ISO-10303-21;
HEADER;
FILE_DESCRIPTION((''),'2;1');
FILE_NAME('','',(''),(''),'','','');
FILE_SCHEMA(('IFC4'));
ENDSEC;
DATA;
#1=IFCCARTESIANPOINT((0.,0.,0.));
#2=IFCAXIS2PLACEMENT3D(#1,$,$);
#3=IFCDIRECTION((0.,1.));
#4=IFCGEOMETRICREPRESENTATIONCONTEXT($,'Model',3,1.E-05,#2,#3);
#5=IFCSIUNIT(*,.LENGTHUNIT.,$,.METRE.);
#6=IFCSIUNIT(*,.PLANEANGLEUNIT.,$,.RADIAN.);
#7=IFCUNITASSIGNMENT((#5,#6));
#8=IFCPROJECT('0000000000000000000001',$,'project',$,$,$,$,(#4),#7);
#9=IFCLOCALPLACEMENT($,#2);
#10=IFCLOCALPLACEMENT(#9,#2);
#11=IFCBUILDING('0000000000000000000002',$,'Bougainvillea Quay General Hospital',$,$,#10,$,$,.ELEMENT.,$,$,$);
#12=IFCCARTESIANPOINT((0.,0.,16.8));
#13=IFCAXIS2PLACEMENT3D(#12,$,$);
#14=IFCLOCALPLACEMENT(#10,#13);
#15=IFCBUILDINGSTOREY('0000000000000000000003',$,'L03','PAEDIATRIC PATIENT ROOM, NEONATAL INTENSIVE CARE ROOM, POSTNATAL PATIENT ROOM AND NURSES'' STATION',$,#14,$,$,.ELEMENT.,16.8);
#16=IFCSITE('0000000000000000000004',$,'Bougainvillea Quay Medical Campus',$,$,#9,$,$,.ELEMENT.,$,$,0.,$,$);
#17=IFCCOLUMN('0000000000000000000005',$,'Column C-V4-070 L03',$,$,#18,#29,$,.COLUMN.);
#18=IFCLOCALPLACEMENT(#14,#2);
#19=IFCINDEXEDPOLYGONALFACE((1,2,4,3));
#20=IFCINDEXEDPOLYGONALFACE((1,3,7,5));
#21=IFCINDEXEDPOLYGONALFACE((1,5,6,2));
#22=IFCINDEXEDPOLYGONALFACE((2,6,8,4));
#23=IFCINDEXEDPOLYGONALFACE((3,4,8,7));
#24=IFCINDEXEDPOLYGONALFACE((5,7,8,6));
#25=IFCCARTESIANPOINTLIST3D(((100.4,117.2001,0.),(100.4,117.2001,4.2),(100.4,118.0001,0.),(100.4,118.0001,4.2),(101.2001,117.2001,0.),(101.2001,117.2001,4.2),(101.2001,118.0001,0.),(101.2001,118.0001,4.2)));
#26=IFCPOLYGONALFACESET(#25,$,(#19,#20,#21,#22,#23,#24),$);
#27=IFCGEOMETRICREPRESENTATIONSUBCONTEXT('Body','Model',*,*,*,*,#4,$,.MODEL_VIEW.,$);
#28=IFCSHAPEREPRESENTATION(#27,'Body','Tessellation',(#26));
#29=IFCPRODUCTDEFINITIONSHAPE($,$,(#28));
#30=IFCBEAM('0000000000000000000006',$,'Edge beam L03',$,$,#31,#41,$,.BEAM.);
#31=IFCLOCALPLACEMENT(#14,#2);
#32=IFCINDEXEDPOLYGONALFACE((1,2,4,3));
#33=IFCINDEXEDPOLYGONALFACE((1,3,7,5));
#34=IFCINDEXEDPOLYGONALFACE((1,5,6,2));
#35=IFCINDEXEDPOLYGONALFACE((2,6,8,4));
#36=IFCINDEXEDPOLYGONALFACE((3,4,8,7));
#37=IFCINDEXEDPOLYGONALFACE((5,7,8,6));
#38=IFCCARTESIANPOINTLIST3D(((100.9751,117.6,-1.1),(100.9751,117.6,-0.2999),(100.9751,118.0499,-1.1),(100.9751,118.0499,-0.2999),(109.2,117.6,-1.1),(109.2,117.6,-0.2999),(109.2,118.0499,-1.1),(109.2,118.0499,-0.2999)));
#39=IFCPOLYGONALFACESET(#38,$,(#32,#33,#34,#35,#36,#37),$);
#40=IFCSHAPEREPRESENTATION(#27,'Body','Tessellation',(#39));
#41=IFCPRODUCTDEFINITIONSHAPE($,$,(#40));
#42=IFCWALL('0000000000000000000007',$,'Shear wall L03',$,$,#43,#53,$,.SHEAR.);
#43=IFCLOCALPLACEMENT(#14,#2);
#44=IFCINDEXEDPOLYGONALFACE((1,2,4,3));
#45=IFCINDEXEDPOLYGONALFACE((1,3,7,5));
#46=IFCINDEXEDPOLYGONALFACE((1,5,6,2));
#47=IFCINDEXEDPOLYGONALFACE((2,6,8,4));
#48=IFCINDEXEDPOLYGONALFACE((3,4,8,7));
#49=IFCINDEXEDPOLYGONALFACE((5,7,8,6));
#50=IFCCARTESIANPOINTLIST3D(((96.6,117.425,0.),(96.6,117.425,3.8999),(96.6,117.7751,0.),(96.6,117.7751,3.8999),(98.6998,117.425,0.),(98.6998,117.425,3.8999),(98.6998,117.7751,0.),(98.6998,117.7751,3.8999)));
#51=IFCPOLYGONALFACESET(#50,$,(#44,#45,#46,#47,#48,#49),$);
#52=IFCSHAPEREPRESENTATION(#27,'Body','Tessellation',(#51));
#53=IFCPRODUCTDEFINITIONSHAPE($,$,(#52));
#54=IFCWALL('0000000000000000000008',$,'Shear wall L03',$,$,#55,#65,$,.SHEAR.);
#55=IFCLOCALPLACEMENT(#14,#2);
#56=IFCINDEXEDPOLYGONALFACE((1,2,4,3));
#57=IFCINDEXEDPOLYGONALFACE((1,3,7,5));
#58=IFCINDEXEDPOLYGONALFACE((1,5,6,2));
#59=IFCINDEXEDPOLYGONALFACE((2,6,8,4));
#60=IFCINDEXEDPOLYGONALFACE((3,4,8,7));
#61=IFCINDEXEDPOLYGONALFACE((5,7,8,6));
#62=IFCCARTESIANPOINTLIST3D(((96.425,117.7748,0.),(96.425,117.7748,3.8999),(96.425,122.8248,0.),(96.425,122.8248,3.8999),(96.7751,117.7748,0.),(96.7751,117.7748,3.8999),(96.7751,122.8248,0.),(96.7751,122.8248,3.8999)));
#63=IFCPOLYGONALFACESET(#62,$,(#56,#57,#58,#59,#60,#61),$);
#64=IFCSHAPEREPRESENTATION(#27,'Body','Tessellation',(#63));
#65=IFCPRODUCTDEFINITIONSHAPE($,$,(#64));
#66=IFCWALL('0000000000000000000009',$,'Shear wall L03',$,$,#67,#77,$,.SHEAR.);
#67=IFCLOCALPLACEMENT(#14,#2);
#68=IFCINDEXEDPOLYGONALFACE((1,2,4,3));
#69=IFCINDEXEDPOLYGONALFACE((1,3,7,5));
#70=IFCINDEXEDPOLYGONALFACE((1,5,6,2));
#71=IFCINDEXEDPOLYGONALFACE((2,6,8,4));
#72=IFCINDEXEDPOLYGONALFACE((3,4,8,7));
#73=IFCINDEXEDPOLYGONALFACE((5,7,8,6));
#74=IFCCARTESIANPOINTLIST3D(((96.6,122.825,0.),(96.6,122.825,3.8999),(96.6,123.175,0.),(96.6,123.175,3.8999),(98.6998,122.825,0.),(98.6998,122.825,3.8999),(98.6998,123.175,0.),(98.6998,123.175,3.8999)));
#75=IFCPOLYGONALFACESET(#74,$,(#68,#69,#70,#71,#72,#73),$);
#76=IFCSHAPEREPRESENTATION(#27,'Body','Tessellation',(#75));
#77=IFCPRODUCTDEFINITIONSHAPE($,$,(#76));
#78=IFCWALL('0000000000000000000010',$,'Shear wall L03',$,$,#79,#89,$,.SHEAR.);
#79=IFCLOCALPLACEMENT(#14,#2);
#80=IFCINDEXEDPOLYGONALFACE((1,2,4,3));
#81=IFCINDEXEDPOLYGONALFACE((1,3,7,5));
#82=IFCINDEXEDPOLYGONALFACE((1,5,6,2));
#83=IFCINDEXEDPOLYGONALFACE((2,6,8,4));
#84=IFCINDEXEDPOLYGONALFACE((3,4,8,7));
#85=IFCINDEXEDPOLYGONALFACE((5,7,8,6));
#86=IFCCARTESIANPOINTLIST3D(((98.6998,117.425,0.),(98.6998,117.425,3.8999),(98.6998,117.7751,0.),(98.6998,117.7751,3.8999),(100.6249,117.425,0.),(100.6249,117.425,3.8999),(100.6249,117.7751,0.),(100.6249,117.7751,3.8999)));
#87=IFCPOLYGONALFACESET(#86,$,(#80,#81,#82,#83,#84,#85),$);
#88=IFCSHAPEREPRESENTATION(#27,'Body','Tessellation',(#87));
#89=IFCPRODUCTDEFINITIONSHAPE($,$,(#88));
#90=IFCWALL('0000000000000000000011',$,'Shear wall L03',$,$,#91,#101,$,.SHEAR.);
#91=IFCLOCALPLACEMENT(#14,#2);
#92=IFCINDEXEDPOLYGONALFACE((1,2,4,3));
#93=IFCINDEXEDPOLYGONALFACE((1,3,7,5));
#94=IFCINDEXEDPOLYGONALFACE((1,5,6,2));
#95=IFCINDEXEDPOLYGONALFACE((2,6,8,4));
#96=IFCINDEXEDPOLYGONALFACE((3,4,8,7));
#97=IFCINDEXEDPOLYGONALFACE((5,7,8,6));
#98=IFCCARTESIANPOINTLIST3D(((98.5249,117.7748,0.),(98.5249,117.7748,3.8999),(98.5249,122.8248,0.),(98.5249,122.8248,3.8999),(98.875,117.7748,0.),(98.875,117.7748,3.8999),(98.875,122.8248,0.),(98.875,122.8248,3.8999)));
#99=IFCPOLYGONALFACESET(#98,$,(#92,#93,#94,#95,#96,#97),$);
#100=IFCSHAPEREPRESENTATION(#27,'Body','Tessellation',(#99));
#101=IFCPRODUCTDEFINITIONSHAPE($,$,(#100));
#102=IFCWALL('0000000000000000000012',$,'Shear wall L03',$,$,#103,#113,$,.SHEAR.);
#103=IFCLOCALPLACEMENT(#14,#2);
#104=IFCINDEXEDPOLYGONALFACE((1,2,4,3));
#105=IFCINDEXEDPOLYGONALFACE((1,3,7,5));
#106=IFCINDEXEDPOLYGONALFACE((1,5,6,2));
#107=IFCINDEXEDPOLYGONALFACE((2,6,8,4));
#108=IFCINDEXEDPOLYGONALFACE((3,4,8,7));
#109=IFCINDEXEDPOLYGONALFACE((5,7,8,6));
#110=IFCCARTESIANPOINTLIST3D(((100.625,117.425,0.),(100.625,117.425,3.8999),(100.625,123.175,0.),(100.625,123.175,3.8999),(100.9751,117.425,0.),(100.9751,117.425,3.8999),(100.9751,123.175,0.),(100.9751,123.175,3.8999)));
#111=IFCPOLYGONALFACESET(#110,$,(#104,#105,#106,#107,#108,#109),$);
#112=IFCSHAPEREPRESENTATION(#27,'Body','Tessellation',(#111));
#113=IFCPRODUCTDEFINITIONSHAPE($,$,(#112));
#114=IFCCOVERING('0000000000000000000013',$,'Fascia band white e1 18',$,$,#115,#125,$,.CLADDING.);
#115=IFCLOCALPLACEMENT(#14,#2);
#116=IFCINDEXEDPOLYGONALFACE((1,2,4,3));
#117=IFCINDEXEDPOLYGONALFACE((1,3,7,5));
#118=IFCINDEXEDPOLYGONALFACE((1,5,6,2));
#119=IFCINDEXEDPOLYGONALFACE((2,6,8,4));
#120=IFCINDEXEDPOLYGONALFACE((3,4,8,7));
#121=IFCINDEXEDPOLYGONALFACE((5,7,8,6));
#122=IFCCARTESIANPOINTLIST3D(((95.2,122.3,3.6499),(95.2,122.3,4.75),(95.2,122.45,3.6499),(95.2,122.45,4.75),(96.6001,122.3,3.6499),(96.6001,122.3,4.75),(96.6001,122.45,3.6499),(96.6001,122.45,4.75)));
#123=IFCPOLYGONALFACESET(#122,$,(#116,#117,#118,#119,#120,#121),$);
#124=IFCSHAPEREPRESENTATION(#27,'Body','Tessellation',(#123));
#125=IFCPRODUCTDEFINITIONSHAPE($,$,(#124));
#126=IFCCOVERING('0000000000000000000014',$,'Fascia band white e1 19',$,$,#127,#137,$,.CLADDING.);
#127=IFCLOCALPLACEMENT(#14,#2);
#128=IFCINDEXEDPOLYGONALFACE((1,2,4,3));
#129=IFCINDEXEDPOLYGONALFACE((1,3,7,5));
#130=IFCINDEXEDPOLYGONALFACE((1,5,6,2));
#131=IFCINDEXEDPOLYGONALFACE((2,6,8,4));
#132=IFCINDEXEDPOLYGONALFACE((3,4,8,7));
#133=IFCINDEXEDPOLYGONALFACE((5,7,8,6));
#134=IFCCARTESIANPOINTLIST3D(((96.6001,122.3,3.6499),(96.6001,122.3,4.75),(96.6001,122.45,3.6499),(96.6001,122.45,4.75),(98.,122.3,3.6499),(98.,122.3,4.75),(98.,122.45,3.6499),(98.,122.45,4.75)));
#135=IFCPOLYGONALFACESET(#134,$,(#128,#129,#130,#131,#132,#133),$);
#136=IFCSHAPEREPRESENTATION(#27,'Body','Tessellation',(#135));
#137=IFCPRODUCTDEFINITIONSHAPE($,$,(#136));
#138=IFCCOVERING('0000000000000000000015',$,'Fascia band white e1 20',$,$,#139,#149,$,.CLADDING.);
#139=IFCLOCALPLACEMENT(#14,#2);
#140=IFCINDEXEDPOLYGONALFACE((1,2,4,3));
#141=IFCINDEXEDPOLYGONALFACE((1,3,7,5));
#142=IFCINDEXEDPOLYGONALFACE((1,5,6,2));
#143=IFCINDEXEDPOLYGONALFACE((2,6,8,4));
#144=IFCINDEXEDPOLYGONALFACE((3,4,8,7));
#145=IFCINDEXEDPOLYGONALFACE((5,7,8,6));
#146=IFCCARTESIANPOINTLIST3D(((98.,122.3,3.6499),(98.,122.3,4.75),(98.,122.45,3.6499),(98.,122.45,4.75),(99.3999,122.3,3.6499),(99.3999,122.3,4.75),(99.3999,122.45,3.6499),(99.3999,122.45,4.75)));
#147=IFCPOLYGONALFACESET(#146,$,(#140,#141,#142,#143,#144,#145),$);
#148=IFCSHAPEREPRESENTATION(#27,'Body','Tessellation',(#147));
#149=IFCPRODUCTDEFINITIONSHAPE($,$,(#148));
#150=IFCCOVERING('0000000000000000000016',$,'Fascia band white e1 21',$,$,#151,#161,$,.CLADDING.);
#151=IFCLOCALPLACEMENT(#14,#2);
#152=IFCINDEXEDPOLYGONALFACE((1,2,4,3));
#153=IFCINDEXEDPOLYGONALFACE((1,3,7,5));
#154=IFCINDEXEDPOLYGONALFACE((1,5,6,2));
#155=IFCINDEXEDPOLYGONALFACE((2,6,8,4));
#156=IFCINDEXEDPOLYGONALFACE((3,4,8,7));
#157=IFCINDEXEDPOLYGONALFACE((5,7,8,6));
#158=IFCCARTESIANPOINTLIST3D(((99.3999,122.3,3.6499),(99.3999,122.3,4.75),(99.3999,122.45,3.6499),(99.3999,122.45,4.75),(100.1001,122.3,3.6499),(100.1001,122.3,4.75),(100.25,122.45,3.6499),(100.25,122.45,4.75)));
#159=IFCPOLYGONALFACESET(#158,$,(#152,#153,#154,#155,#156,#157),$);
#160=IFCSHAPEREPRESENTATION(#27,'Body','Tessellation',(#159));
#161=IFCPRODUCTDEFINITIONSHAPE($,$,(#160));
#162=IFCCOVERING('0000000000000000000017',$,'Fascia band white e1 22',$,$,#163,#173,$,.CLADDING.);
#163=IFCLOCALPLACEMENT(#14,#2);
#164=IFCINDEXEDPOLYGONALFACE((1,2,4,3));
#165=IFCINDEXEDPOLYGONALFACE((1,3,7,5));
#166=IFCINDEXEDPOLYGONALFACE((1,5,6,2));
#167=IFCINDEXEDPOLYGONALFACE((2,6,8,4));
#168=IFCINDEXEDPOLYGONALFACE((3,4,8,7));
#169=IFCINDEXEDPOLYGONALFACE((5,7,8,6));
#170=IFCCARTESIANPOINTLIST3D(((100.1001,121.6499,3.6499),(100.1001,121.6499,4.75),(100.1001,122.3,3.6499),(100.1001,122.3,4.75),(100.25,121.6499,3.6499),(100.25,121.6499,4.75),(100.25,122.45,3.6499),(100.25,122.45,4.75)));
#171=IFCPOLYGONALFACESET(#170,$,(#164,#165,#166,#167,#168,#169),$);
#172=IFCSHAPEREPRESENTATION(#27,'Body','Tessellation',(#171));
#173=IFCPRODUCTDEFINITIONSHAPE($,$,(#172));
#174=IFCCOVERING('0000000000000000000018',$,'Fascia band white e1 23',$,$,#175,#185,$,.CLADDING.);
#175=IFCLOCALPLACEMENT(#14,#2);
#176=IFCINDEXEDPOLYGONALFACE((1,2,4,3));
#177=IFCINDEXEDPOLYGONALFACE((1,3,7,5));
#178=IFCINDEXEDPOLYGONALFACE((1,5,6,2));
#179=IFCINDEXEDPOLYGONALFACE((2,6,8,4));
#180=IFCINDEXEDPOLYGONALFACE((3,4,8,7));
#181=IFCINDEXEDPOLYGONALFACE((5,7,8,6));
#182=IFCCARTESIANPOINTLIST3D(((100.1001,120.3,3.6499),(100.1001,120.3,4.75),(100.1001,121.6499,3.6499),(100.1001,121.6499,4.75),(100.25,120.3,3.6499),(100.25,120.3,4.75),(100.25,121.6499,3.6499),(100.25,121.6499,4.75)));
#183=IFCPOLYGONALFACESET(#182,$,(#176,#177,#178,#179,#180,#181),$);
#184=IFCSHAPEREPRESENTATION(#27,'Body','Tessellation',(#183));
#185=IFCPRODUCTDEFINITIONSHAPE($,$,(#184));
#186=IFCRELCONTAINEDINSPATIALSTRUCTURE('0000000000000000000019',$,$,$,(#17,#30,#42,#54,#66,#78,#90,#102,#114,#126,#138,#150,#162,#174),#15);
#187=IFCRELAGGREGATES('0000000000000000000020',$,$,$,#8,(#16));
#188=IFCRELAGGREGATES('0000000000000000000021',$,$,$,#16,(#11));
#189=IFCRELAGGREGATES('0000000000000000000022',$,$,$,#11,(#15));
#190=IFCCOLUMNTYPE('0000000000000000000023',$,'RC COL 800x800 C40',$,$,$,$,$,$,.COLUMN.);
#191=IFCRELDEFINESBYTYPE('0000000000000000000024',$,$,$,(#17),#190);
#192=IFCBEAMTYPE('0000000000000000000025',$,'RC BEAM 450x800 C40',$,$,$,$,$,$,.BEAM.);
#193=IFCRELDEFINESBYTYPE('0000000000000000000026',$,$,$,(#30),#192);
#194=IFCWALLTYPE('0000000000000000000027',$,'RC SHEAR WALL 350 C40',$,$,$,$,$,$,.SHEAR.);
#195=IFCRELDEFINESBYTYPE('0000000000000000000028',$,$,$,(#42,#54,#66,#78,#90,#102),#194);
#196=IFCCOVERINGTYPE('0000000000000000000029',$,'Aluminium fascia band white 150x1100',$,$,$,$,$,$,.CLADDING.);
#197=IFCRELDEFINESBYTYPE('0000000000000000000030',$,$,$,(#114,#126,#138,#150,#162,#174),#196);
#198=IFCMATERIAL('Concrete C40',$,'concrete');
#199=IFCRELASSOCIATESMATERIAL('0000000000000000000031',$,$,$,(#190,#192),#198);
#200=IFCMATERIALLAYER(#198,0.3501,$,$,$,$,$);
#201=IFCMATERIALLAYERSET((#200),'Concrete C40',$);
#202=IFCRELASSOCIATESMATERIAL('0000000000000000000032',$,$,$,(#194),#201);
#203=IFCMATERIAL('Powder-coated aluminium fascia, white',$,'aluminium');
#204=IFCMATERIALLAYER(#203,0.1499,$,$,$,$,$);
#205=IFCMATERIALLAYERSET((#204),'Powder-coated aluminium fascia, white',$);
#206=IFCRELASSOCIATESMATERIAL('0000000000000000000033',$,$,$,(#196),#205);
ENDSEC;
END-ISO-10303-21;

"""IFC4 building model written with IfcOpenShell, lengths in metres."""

from ifc_helpers import new_model, si_unit, direction, frame, frame_2d, origin, origin_2d, place, context, subcontext, project, spatial, polyline, rectangle, outline, extrude, material, layer, layer_set, material_profile, profile_set, type_object, element, save


model = new_model("IFC4")

# Units and contexts
model_context = context("Model", 3, precision=1e-05, world=origin(), true_north=direction((0.0, 1.0)))
body_context = subcontext(model_context, "Body", "Model", "MODEL_VIEW")
ifc_project = project(units=[si_unit("LENGTHUNIT", "METRE"), si_unit("PLANEANGLEUNIT", "RADIAN")], contexts=[model_context])

# Site, building, storey
site_placement = place(None, origin())
site = spatial("IfcSite", under=ifc_project, at=site_placement, Name="Bougainvillea Quay Medical Campus", CompositionType="ELEMENT", RefElevation=0.0)
building_placement = place(site_placement, origin())
building = spatial("IfcBuilding", under=site, at=building_placement, Name="Bougainvillea Quay General Hospital", CompositionType="ELEMENT")
storey_placement = place(building_placement, frame((0.0, 0.0, 16.8)))
storey = spatial("IfcBuildingStorey", under=building, at=storey_placement, Name="L03", Description="PAEDIATRIC PATIENT ROOM, NEONATAL INTENSIVE CARE ROOM, POSTNATAL PATIENT ROOM AND NURSES' STATION", CompositionType="ELEMENT", Elevation=16.8)

# Column
ifc_material_1 = material(Name="Concrete C40", Category="concrete")
ifc_material_profile_1 = material_profile(ifc_material_1, rectangle(XDim=0.8, YDim=0.8, at=origin_2d()))
ifc_profile_set_1 = profile_set([ifc_material_profile_1], Name="Concrete C40")
column_type = type_object("IfcColumnType", Name="RC COL 800x800 C40", PredefinedType="COLUMN", material=ifc_profile_set_1)
column_placement = place(storey_placement, frame((100.8, 117.6001, 0.0), z_axis=(0.0, 0.0, 1.0), x_axis=(1.0, 0.0, 0.0)))
element("IfcColumn", 1, at=column_placement, inside=storey, type_object=column_type, Name="Column C-V4-070 L03", PredefinedType="COLUMN", context=body_context, shape_type="SweptSolid", body=[
    extrude(rectangle(XDim=0.8, YDim=0.8, at=origin_2d()), origin(), (0.0, 0.0, 1.0), 4.2),
])

# Beam
ifc_material_profile_2 = material_profile(ifc_material_1, rectangle(XDim=0.45, YDim=0.8, at=origin_2d()))
ifc_profile_set_2 = profile_set([ifc_material_profile_2], Name="Concrete C40")
beam_type = type_object("IfcBeamType", Name="RC BEAM 450x800 C40", PredefinedType="BEAM", material=ifc_profile_set_2)
beam_placement = place(storey_placement, frame((100.9751, 117.825, -0.7), z_axis=(1.0, 0.0, 0.0), x_axis=(0.0, 1.0, 0.0)))
element("IfcBeam", 2, at=beam_placement, inside=storey, type_object=beam_type, Name="Edge beam L03", PredefinedType="BEAM", context=body_context, shape_type="SweptSolid", body=[
    extrude(rectangle(XDim=0.45, YDim=0.8, at=origin_2d()), origin(), (0.0, 0.0, 1.0), 8.2249),
])

# Walls
ifc_layer_1 = layer(ifc_material_1, 0.3501)
ifc_layer_set_1 = layer_set([ifc_layer_1], Name="Concrete C40")
wall_type = type_object("IfcWallType", Name="RC SHEAR WALL 350 C40", PredefinedType="SHEAR", material=ifc_layer_set_1)
wall_1_placement = place(storey_placement, frame((96.6001, 117.6001, 0.0), z_axis=(0.0, 0.0, 1.0), x_axis=(1.0, 0.0, 0.0)))
element("IfcWall", 3, at=wall_1_placement, inside=storey, type_object=wall_type, Name="Shear wall L03", PredefinedType="SHEAR", context=body_context, shape_type="SweptSolid", body=[
    extrude(rectangle(XDim=2.0999, YDim=0.3501, at=frame_2d((1.0498, 0.0))), origin(), (0.0, 0.0, 1.0), 3.8999),
])
wall_2_placement = place(storey_placement, frame((96.6001, 117.7749, 0.0), z_axis=(0.0, 0.0, 1.0), x_axis=(0.0, 1.0, 0.0)))
element("IfcWall", 4, at=wall_2_placement, inside=storey, type_object=wall_type, Name="Shear wall L03", PredefinedType="SHEAR", context=body_context, shape_type="SweptSolid", body=[
    extrude(rectangle(XDim=5.05, YDim=0.3501, at=frame_2d((2.5249, 0.0))), origin(), (0.0, 0.0, 1.0), 3.8999),
])
wall_3_placement = place(storey_placement, frame((96.6001, 123.0, 0.0), z_axis=(0.0, 0.0, 1.0), x_axis=(1.0, 0.0, 0.0)))
element("IfcWall", 5, at=wall_3_placement, inside=storey, type_object=wall_type, Name="Shear wall L03", PredefinedType="SHEAR", context=body_context, shape_type="SweptSolid", body=[
    extrude(rectangle(XDim=2.0999, YDim=0.3501, at=frame_2d((1.0498, 0.0))), origin(), (0.0, 0.0, 1.0), 3.8999),
])
wall_4_placement = place(storey_placement, frame((98.7, 117.6001, 0.0), z_axis=(0.0, 0.0, 1.0), x_axis=(1.0, 0.0, 0.0)))
element("IfcWall", 6, at=wall_4_placement, inside=storey, type_object=wall_type, Name="Shear wall L03", PredefinedType="SHEAR", context=body_context, shape_type="SweptSolid", body=[
    extrude(rectangle(XDim=1.925, YDim=0.3501, at=frame_2d((0.9624, 0.0))), origin(), (0.0, 0.0, 1.0), 3.8999),
])
wall_5_placement = place(storey_placement, frame((98.7, 117.7749, 0.0), z_axis=(0.0, 0.0, 1.0), x_axis=(0.0, 1.0, 0.0)))
element("IfcWall", 7, at=wall_5_placement, inside=storey, type_object=wall_type, Name="Shear wall L03", PredefinedType="SHEAR", context=body_context, shape_type="SweptSolid", body=[
    extrude(rectangle(XDim=5.05, YDim=0.3501, at=frame_2d((2.5249, 0.0))), origin(), (0.0, 0.0, 1.0), 3.8999),
])
wall_6_placement = place(storey_placement, frame((100.8, 117.425, 0.0), z_axis=(0.0, 0.0, 1.0), x_axis=(0.0, 1.0, 0.0)))
element("IfcWall", 8, at=wall_6_placement, inside=storey, type_object=wall_type, Name="Shear wall L03", PredefinedType="SHEAR", context=body_context, shape_type="SweptSolid", body=[
    extrude(rectangle(XDim=5.75, YDim=0.3501, at=frame_2d((2.875, 0.0))), origin(), (0.0, 0.0, 1.0), 3.8999),
])

# Coverings
ifc_material_2 = material(Name="Powder-coated aluminium fascia, white", Category="aluminium")
ifc_layer_2 = layer(ifc_material_2, 0.1499)
ifc_layer_set_2 = layer_set([ifc_layer_2], Name="Powder-coated aluminium fascia, white")
covering_type = type_object("IfcCoveringType", Name="Aluminium fascia band white 150x1100", PredefinedType="CLADDING", material=ifc_layer_set_2)
covering_1_placement = place(storey_placement, frame((95.2, 122.45, 3.6499), z_axis=(0.0, 0.0, 1.0), x_axis=(1.0, 0.0, 0.0)))
element("IfcCovering", 9, at=covering_1_placement, inside=storey, type_object=covering_type, Name="Fascia band white e1 18", PredefinedType="CLADDING", context=body_context, shape_type="SweptSolid", body=[
    extrude(outline(polyline([(0.0, 0.0), (1.4001, 0.0), (1.4001, -0.1499), (0.0, -0.1499), (0.0, 0.0)])), origin(), (0.0, 0.0, 1.0), 1.1001),
])
for number, where, z_axis, x_axis, name in (
    (10, (96.6001, 122.45, 3.6499), (0.0, 0.0, 1.0), (1.0, 0.0, 0.0), "Fascia band white e1 19"),
    (11, (98.0, 122.45, 3.6499), (0.0, 0.0, 1.0), (1.0, 0.0, 0.0), "Fascia band white e1 20"),
):
    element("IfcCovering", number, at=place(storey_placement, frame(where, z_axis=z_axis, x_axis=x_axis)), inside=storey, type_object=covering_type, Name=name, PredefinedType="CLADDING", context=body_context, shape_type="SweptSolid", body=[
        extrude(outline(polyline([(0.0, 0.0), (1.3999, 0.0), (1.3999, -0.1499), (0.0, -0.1499), (0.0, 0.0)])), origin(), (0.0, 0.0, 1.0), 1.1001),
    ])
covering_2_placement = place(storey_placement, frame((99.3999, 122.45, 3.6499), z_axis=(0.0, 0.0, 1.0), x_axis=(1.0, 0.0, 0.0)))
element("IfcCovering", 12, at=covering_2_placement, inside=storey, type_object=covering_type, Name="Fascia band white e1 21", PredefinedType="CLADDING", context=body_context, shape_type="SweptSolid", body=[
    extrude(outline(polyline([(0.0, 0.0), (0.8501, 0.0), (0.7002, -0.1499), (0.0, -0.1499), (0.0, 0.0)])), origin(), (0.0, 0.0, 1.0), 1.1001),
])
covering_3_placement = place(storey_placement, frame((100.25, 122.45, 3.6499), z_axis=(0.0, 0.0, 1.0), x_axis=(0.0, -1.0, 0.0)))
element("IfcCovering", 13, at=covering_3_placement, inside=storey, type_object=covering_type, Name="Fascia band white e1 22", PredefinedType="CLADDING", context=body_context, shape_type="SweptSolid", body=[
    extrude(outline(polyline([(0.0, 0.0), (0.8, 0.0), (0.8, -0.1499), (0.1499, -0.1499), (0.0, 0.0)])), origin(), (0.0, 0.0, 1.0), 1.1001),
])
covering_4_placement = place(storey_placement, frame((100.25, 121.6499, 3.6499), z_axis=(0.0, 0.0, 1.0), x_axis=(0.0, -1.0, 0.0)))
element("IfcCovering", 14, at=covering_4_placement, inside=storey, type_object=covering_type, Name="Fascia band white e1 23", PredefinedType="CLADDING", context=body_context, shape_type="SweptSolid", body=[
    extrude(outline(polyline([(0.0, 0.0), (1.3499, 0.0), (1.3499, -0.1499), (0.0, -0.1499), (0.0, 0.0)])), origin(), (0.0, 0.0, 1.0), 1.1001),
])

save(model, "model.ifc")
